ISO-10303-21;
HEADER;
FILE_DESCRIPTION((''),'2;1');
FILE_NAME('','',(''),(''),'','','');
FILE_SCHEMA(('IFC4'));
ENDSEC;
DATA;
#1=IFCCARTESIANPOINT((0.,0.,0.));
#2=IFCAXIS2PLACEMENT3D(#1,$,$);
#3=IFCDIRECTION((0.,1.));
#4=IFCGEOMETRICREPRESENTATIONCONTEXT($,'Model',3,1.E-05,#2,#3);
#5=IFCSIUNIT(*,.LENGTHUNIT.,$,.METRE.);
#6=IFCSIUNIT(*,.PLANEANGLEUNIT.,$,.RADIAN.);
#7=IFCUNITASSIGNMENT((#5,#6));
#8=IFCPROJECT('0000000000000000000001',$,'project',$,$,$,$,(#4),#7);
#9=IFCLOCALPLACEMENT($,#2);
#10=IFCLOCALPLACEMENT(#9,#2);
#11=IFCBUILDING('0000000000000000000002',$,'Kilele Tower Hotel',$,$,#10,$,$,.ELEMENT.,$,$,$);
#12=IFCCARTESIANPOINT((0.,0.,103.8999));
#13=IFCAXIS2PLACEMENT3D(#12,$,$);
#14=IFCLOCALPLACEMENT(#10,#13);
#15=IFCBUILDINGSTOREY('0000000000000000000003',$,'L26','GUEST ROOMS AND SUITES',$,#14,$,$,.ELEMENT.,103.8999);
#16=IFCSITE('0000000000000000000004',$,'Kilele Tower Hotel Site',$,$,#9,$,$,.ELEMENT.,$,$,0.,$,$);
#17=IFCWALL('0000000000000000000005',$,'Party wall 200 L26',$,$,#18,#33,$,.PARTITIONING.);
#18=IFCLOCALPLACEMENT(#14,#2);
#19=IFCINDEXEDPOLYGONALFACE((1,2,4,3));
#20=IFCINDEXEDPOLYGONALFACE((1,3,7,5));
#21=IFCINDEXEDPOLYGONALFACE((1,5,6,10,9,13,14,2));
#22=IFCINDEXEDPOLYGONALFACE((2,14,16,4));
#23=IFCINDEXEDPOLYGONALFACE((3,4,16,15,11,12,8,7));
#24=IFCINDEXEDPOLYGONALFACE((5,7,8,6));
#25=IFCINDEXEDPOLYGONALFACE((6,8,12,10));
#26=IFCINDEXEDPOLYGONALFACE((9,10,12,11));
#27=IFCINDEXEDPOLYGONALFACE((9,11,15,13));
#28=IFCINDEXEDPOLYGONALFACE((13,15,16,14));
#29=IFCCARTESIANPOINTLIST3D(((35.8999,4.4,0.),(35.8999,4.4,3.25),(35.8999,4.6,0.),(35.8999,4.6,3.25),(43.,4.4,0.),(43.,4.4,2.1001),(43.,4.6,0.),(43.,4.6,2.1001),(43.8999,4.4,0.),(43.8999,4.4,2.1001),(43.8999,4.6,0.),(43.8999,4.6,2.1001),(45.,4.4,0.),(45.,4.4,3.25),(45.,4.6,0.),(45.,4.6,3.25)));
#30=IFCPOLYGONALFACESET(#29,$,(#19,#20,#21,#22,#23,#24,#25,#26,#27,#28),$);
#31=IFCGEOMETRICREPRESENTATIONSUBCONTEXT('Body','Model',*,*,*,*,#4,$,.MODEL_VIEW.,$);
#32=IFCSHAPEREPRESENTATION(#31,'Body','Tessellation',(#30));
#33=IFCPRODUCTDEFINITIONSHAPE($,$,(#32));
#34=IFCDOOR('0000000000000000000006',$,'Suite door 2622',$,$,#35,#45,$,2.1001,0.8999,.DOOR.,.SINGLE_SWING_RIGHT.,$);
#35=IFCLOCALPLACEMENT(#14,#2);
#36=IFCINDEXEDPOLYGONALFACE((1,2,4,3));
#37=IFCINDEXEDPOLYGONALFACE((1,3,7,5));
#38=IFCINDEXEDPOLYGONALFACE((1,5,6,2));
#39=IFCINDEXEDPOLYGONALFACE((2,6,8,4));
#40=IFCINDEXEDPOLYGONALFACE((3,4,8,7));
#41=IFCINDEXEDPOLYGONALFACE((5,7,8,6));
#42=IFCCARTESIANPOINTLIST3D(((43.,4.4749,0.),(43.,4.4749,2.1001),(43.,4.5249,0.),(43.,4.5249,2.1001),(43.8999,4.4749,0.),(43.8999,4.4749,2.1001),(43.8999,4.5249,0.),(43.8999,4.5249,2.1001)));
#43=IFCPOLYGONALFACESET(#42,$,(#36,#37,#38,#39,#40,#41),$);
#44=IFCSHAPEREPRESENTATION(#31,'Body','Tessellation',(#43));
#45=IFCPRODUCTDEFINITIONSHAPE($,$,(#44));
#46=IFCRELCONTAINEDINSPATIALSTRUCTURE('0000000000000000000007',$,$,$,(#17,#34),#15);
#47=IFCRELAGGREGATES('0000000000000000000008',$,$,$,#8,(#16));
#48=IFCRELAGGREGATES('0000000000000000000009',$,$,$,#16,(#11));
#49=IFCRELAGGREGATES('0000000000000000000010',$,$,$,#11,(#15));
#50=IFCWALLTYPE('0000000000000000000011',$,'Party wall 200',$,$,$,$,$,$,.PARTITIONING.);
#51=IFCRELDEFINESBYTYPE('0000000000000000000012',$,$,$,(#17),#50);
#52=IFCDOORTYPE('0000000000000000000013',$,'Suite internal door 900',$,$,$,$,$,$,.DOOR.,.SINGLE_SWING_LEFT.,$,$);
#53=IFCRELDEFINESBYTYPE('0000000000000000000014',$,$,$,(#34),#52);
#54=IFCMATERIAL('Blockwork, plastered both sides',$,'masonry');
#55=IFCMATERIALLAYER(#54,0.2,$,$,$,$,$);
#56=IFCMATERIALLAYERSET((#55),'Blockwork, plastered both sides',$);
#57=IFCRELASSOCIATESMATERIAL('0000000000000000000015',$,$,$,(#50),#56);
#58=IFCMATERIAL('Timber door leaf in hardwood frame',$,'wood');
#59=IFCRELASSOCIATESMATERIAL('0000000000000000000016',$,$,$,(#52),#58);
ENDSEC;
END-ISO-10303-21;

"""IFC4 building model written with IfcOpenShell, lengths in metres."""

from ifc_helpers import new_model, si_unit, direction, frame, frame_2d, origin, place, context, subcontext, project, spatial, rectangle, extrude, material, layer, layer_set, type_object, element, fill, save


model = new_model("IFC4")

# Units and contexts
model_context = context("Model", 3, precision=1e-05, world=origin(), true_north=direction((0.0, 1.0)))
body_context = subcontext(model_context, "Body", "Model", "MODEL_VIEW")
ifc_project = project(units=[si_unit("LENGTHUNIT", "METRE"), si_unit("PLANEANGLEUNIT", "RADIAN")], contexts=[model_context])

# Site, building, storey
site_placement = place(None, origin())
site = spatial("IfcSite", under=ifc_project, at=site_placement, Name="Kilele Tower Hotel Site", CompositionType="ELEMENT", RefElevation=0.0)
building_placement = place(site_placement, origin())
building = spatial("IfcBuilding", under=site, at=building_placement, Name="Kilele Tower Hotel", CompositionType="ELEMENT")
storey_placement = place(building_placement, frame((0.0, 0.0, 103.8999)))
storey = spatial("IfcBuildingStorey", under=building, at=storey_placement, Name="L26", Description="GUEST ROOMS AND SUITES", CompositionType="ELEMENT", Elevation=103.8999)

# Wall, opening, door
ifc_material_1 = material(Name="Blockwork, plastered both sides", Category="masonry")
ifc_layer_1 = layer(ifc_material_1, 0.2)
ifc_layer_set_1 = layer_set([ifc_layer_1], Name="Blockwork, plastered both sides")
wall_type_1 = type_object("IfcWallType", Name="Party wall 200", PredefinedType="PARTITIONING", material=ifc_layer_set_1)
wall_1_placement = place(storey_placement, frame((35.8999, 4.5, 0.0), z_axis=(0.0, 0.0, 1.0), x_axis=(1.0, 0.0, 0.0)))
wall_1 = element("IfcWall", 1, at=wall_1_placement, inside=storey, type_object=wall_type_1, Name="Party wall 200 L26", PredefinedType="PARTITIONING", context=body_context, shape_type="SweptSolid", body=[
    extrude(rectangle(XDim=9.1001, YDim=0.2, at=frame_2d((4.55, 0.0))), origin(), (0.0, 0.0, 1.0), 3.25),
])
opening_1_placement = place(wall_1_placement, frame((7.1001, 0.0, 0.0)))
opening_1 = element("IfcOpeningElement", 2, at=opening_1_placement, cuts=wall_1, PredefinedType="OPENING", context=body_context, shape_type="SweptSolid", body=[
    extrude(rectangle(XDim=0.8999, YDim=2.1001, at=frame_2d((0.45, 1.05))), frame((0.0, 0.1099, 0.0), z_axis=(0.0, -1.0, 0.0), x_axis=(1.0, 0.0, 0.0)), (0.0, 0.0, 1.0), 0.22),
])
ifc_material_2 = material(Name="Timber door leaf in hardwood frame", Category="wood")
door_type_1 = type_object("IfcDoorType", Name="Suite internal door 900", OperationType="SINGLE_SWING_LEFT", PredefinedType="DOOR", material=ifc_material_2)
door_1_placement = place(opening_1_placement, origin())
door_1 = element("IfcDoor", 3, at=door_1_placement, inside=storey, type_object=door_type_1, Name="Suite door 2622", OperationType="SINGLE_SWING_RIGHT", OverallHeight=2.1001, OverallWidth=0.8999, PredefinedType="DOOR", context=body_context, shape_type="SweptSolid", body=[
    extrude(rectangle(XDim=0.8999, YDim=2.1001, at=frame_2d((0.45, 1.05))), frame((0.0, 0.0249, 0.0), z_axis=(0.0, -1.0, 0.0), x_axis=(1.0, 0.0, 0.0)), (0.0, 0.0, 1.0), 0.05),
])
fill(opening_1, door_1)

save(model, "model.ifc")
